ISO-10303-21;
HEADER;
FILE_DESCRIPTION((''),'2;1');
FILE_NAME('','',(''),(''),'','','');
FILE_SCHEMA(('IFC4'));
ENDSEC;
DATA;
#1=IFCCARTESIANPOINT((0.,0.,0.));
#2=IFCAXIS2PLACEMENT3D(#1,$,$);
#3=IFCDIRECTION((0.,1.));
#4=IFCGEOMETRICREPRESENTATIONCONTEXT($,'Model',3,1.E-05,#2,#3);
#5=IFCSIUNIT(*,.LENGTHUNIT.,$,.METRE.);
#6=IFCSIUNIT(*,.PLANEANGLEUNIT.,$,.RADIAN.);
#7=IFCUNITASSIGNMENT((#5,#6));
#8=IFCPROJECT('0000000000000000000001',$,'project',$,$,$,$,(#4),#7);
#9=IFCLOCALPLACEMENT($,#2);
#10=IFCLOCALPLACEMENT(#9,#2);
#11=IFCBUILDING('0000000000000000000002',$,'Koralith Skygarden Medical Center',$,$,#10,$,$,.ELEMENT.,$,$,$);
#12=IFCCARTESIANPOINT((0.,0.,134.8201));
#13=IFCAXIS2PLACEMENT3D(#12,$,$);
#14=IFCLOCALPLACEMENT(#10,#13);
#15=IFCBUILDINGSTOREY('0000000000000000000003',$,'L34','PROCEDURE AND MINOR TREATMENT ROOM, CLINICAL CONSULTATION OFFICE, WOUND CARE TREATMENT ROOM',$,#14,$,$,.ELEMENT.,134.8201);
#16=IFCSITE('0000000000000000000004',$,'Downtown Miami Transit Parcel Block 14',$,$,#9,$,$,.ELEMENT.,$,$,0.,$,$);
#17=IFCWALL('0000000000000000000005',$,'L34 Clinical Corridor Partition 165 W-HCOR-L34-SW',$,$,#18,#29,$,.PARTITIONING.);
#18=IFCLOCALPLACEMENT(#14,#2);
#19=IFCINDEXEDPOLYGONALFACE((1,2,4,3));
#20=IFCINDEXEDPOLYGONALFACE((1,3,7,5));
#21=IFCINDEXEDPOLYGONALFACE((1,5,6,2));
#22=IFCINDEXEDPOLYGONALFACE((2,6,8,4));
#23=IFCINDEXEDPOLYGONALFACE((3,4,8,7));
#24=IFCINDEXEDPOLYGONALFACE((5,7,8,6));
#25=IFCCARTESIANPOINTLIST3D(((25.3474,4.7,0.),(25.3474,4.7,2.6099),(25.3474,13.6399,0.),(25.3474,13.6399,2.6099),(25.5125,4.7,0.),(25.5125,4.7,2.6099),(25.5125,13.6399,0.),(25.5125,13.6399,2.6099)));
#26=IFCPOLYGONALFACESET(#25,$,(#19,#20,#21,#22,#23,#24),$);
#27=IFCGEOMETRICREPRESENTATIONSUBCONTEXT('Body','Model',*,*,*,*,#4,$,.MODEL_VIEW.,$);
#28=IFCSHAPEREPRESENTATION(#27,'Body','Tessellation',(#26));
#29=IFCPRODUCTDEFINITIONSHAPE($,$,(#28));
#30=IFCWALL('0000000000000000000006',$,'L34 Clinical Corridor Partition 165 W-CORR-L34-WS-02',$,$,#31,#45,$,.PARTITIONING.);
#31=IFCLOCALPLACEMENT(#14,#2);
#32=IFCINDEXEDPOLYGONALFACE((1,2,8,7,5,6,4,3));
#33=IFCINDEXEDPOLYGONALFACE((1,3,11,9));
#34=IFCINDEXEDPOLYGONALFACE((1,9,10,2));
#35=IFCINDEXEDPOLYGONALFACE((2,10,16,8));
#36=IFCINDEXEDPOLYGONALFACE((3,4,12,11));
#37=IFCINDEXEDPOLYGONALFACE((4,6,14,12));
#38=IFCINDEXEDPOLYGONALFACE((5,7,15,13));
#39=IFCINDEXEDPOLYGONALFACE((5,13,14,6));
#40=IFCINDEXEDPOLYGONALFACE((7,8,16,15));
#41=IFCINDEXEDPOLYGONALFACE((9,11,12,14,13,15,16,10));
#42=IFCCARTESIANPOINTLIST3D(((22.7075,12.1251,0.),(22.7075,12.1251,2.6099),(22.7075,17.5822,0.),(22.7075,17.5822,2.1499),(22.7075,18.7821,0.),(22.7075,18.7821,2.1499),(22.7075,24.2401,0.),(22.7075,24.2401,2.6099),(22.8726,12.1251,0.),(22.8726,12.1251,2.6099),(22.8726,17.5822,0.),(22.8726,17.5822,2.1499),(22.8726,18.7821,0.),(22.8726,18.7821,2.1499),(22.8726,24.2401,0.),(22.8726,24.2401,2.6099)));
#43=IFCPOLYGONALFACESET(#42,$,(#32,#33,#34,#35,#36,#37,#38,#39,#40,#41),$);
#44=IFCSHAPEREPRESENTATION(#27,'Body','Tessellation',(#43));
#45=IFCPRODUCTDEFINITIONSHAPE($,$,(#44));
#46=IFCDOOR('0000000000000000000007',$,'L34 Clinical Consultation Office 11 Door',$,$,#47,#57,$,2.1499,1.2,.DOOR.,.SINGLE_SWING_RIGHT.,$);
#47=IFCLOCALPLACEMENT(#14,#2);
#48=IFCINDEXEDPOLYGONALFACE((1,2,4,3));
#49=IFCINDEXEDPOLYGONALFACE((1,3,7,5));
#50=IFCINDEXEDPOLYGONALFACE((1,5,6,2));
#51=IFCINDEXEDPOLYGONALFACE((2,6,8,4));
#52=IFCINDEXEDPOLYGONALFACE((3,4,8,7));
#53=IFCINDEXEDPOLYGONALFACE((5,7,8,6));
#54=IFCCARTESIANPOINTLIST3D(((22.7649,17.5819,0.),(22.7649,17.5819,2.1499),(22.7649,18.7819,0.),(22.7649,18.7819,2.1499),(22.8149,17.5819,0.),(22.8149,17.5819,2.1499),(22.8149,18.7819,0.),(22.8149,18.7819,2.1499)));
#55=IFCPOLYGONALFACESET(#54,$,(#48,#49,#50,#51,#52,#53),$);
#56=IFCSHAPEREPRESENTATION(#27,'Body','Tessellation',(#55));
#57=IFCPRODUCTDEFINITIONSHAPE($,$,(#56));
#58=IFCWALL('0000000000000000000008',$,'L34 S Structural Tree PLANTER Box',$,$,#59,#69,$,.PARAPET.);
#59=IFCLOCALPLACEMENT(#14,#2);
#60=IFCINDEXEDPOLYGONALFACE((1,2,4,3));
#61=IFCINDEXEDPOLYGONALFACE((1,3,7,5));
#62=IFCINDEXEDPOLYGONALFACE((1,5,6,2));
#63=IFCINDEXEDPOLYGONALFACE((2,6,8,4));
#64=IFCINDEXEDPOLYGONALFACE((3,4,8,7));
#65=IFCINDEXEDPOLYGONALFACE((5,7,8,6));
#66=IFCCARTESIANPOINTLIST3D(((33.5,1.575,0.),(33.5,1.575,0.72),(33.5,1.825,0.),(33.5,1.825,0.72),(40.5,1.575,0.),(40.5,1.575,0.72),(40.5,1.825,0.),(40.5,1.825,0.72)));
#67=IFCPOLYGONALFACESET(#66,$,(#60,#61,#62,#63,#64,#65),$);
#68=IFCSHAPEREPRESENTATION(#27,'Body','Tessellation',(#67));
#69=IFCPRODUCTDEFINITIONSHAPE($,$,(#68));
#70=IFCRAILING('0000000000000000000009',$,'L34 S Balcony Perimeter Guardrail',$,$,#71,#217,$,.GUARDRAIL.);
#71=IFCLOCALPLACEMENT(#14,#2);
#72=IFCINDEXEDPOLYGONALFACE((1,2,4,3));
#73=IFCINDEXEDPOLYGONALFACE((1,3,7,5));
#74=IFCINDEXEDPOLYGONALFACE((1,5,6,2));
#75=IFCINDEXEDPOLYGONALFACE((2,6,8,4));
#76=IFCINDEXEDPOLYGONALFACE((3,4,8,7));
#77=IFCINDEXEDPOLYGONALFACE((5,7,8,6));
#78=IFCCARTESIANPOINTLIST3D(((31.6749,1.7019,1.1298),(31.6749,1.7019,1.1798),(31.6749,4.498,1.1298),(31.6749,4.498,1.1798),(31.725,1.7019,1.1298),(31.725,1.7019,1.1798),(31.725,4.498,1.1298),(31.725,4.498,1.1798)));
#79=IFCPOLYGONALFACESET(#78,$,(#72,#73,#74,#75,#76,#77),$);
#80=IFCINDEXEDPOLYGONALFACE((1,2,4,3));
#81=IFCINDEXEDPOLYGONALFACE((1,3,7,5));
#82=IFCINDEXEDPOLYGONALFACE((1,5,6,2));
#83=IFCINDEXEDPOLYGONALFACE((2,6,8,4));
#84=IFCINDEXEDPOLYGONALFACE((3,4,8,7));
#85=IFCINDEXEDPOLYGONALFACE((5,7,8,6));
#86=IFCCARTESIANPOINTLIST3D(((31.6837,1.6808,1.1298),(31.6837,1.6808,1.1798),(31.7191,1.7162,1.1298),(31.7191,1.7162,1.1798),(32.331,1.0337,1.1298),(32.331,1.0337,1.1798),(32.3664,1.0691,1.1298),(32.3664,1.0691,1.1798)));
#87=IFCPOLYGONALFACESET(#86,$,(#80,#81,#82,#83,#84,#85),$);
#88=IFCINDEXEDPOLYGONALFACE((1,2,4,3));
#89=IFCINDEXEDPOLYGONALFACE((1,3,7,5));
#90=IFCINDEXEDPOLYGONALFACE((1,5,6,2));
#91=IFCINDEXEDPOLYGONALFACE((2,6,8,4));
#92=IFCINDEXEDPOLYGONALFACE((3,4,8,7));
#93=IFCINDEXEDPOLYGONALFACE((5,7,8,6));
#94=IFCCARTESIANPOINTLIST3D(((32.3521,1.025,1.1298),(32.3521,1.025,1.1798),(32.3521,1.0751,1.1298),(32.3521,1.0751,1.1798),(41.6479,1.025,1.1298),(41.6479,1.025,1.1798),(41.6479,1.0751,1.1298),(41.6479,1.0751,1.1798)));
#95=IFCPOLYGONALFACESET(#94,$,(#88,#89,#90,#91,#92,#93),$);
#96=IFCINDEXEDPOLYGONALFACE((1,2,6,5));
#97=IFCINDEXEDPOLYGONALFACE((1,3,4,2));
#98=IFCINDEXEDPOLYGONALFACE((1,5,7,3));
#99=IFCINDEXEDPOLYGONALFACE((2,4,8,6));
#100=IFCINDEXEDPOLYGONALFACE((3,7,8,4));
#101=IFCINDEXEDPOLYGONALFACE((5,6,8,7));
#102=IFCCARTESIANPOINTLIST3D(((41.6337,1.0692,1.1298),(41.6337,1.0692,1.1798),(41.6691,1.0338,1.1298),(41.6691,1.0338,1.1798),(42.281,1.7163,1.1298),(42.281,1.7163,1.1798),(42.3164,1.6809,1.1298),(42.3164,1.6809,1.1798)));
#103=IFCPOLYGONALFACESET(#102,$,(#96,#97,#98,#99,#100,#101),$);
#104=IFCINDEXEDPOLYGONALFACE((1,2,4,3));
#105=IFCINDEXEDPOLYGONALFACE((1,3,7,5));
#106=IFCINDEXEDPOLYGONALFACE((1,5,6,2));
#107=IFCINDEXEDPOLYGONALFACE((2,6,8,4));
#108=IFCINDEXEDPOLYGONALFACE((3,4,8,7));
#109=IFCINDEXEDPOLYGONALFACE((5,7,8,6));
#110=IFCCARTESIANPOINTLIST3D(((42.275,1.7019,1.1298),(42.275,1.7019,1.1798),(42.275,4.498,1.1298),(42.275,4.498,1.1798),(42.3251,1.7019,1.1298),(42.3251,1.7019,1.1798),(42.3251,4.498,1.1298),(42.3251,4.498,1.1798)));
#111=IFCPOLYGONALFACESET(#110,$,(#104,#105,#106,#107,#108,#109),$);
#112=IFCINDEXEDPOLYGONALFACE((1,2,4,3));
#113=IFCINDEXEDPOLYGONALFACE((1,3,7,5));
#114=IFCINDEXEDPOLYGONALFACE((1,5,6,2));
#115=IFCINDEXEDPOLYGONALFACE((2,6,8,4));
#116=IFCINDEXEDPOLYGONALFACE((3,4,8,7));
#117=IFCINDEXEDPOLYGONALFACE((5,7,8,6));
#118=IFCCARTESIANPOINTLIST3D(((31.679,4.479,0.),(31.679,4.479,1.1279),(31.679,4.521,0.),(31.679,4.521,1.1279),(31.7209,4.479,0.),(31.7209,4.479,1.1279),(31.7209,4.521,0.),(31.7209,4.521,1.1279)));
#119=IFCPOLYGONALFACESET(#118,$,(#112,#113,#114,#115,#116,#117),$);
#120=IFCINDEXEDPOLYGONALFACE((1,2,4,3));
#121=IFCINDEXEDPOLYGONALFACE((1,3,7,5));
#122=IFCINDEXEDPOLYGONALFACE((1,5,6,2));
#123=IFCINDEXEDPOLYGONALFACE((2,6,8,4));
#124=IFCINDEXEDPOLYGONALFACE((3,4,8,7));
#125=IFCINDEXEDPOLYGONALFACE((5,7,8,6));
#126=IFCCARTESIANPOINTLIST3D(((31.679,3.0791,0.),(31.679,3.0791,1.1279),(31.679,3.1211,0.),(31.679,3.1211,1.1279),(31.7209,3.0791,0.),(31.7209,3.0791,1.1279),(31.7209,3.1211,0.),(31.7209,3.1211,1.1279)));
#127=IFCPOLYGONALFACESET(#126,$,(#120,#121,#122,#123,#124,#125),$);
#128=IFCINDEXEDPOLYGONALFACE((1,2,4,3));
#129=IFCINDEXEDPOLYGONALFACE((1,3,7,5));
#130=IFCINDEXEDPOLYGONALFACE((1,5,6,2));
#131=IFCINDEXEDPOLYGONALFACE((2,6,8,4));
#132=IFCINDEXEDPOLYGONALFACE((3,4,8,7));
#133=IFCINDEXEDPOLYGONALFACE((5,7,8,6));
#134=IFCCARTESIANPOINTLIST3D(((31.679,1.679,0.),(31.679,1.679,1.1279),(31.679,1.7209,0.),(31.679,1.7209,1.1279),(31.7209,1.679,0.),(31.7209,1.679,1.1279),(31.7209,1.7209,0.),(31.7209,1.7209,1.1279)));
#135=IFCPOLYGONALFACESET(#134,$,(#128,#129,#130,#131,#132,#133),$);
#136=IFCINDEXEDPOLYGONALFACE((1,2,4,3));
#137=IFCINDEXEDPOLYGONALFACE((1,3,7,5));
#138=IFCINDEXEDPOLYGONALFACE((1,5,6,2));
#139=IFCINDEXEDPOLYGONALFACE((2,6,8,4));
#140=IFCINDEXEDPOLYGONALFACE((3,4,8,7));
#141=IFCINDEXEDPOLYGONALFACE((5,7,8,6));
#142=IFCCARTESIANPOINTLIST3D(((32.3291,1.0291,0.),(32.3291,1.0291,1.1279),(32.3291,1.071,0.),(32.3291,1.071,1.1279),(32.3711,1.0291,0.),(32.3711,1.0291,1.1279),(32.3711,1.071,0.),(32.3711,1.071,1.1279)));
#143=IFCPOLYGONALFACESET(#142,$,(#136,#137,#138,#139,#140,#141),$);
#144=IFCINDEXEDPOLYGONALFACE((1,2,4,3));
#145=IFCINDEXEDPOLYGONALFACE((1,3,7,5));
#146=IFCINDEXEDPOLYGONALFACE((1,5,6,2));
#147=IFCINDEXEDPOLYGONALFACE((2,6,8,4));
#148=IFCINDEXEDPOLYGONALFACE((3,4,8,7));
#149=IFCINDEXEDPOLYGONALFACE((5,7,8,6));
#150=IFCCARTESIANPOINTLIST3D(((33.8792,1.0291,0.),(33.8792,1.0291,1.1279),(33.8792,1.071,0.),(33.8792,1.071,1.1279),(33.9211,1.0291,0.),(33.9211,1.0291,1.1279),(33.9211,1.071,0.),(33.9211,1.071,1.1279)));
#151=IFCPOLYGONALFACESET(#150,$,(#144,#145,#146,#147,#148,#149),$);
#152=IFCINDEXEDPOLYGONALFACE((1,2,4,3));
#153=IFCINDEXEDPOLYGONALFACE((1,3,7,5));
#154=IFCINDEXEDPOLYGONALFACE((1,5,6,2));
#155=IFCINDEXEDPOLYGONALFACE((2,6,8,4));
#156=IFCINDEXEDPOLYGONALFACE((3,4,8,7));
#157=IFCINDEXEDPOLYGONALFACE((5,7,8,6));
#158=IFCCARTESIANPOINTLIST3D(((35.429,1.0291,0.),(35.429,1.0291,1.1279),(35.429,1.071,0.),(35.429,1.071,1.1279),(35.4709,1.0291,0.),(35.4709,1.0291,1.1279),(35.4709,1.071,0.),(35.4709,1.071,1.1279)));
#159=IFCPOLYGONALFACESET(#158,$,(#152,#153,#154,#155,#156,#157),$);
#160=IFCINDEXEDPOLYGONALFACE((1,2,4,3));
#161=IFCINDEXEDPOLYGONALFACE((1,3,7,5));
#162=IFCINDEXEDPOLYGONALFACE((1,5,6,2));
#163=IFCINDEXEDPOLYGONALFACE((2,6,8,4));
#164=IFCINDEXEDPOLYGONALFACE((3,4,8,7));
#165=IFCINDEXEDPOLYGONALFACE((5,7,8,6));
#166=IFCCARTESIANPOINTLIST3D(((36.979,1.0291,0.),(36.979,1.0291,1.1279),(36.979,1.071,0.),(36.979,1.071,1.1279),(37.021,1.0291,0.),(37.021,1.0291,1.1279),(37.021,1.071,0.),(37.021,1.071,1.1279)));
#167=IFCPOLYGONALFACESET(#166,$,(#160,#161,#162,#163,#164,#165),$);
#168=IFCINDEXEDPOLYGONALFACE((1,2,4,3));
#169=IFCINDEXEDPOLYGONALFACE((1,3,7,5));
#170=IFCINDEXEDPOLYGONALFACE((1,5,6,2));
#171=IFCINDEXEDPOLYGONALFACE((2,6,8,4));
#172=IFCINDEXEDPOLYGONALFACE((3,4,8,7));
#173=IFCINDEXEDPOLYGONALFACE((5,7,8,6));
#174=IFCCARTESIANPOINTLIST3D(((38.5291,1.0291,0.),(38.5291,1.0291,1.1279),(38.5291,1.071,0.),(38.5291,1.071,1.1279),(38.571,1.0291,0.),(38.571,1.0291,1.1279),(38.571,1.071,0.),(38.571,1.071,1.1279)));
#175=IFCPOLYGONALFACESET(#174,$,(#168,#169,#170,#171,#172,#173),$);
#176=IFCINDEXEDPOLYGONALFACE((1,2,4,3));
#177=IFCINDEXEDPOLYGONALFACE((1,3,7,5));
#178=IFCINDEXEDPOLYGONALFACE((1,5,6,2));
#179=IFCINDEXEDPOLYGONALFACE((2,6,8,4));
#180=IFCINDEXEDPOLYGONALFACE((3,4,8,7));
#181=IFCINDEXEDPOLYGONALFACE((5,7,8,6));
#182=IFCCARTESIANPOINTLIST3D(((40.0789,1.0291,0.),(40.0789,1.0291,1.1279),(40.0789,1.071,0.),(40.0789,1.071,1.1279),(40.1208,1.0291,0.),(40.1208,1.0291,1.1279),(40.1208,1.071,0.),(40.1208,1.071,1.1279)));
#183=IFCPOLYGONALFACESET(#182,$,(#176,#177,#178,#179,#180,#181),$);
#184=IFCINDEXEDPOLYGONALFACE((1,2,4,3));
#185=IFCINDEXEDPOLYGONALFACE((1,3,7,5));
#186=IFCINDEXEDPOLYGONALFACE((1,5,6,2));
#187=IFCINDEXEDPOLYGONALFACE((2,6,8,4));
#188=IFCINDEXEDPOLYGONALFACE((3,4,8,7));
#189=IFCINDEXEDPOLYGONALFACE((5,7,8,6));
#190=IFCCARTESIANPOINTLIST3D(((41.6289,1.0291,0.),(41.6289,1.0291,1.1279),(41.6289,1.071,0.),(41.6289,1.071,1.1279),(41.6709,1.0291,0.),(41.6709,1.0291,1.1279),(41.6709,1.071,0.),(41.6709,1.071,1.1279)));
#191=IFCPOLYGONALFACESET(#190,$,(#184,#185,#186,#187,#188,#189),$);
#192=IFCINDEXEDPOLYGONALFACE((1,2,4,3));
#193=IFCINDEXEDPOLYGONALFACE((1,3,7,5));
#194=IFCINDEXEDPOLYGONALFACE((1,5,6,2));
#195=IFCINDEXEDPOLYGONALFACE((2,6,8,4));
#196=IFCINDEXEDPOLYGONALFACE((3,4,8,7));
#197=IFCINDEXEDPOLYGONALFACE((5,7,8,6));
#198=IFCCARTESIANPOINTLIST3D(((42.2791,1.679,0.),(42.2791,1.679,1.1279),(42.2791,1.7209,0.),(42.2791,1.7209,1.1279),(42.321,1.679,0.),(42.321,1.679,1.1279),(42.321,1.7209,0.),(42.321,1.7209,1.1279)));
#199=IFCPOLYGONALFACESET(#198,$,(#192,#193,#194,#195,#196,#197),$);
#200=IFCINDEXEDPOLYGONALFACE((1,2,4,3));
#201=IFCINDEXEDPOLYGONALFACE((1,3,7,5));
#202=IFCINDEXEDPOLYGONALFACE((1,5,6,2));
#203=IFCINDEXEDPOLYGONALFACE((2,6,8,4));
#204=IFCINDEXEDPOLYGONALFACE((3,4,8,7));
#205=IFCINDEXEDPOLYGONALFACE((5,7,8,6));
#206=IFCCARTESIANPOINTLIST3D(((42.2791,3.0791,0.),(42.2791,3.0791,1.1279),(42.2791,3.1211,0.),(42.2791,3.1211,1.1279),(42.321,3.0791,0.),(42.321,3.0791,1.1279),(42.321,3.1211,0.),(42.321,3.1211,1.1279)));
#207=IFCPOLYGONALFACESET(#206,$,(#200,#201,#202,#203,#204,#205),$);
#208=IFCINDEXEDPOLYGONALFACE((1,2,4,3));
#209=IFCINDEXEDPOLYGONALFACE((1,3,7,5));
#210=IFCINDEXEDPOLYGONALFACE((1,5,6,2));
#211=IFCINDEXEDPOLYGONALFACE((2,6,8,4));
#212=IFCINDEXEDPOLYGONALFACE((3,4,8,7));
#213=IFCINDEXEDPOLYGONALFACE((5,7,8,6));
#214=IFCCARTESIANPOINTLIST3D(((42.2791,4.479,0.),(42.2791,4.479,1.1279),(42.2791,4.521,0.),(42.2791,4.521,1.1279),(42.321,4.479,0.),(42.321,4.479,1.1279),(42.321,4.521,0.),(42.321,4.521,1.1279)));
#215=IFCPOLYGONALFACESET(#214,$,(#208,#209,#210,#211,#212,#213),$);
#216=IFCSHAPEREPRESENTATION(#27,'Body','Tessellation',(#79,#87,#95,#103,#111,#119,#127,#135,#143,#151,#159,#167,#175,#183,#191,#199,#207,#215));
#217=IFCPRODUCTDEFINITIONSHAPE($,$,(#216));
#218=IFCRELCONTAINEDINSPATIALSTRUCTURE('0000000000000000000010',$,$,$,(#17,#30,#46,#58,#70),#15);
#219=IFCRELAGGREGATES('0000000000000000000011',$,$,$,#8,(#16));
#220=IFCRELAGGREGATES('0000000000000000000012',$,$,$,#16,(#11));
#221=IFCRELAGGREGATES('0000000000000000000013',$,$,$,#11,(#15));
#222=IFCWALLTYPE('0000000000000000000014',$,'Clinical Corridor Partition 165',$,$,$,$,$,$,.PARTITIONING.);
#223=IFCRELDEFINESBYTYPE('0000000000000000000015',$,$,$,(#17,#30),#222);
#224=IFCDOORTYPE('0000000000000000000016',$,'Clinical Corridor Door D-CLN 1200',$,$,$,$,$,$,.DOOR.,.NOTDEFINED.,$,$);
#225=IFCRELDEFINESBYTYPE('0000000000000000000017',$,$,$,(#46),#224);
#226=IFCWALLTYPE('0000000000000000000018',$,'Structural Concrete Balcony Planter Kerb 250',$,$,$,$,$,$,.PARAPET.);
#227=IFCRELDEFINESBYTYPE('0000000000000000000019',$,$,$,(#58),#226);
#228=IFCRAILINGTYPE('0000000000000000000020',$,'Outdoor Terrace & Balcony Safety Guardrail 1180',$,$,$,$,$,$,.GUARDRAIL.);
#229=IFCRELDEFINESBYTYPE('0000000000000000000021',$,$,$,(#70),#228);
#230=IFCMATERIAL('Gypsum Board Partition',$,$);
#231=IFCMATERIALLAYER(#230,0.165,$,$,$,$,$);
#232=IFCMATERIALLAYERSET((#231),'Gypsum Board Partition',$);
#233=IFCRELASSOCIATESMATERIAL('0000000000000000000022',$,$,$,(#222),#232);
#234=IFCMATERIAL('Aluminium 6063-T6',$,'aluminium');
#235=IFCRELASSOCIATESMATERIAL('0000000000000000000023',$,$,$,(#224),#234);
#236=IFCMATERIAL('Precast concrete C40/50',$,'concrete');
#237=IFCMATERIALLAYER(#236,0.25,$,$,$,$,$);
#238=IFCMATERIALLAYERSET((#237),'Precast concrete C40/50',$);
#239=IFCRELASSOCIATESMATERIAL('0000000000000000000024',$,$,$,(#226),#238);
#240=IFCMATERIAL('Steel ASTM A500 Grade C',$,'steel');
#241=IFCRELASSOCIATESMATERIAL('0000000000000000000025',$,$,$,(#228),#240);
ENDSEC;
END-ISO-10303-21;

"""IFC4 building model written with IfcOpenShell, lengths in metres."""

from ifc_helpers import new_model, si_unit, direction, frame, frame_2d, origin, origin_2d, place, context, subcontext, project, spatial, rectangle, extrude, material, layer, layer_set, type_object, element, fill, save


model = new_model("IFC4")

# Units and contexts
model_context = context("Model", 3, precision=1e-05, world=origin(), true_north=direction((0.0, 1.0)))
body_context = subcontext(model_context, "Body", "Model", "MODEL_VIEW")
ifc_project = project(units=[si_unit("LENGTHUNIT", "METRE"), si_unit("PLANEANGLEUNIT", "RADIAN")], contexts=[model_context])

# Site, building, storey
site_placement = place(None, origin())
site = spatial("IfcSite", under=ifc_project, at=site_placement, Name="Downtown Miami Transit Parcel Block 14", CompositionType="ELEMENT", RefElevation=0.0)
building_placement = place(site_placement, origin())
building = spatial("IfcBuilding", under=site, at=building_placement, Name="Koralith Skygarden Medical Center", CompositionType="ELEMENT")
storey_placement = place(building_placement, frame((0.0, 0.0, 134.8201)))
storey = spatial("IfcBuildingStorey", under=building, at=storey_placement, Name="L34", Description="PROCEDURE AND MINOR TREATMENT ROOM, CLINICAL CONSULTATION OFFICE, WOUND CARE TREATMENT ROOM", CompositionType="ELEMENT", Elevation=134.8201)

# Shared definitions
ifc_material_1 = material(Name="Aluminium 6063-T6", Category="aluminium")

# Wall
ifc_material_2 = material(Name="Gypsum Board Partition")
ifc_layer_1 = layer(ifc_material_2, 0.165)
ifc_layer_set_1 = layer_set([ifc_layer_1], Name="Gypsum Board Partition")
wall_type_1 = type_object("IfcWallType", Name="Clinical Corridor Partition 165", PredefinedType="PARTITIONING", material=ifc_layer_set_1)
wall_1_placement = place(storey_placement, frame((25.4299, 4.7, 0.0), z_axis=(0.0, 0.0, 1.0), x_axis=(0.0, 1.0, 0.0)))
element("IfcWall", 1, at=wall_1_placement, inside=storey, type_object=wall_type_1, Name="L34 Clinical Corridor Partition 165 W-HCOR-L34-SW", PredefinedType="PARTITIONING", context=body_context, shape_type="SweptSolid", body=[
    extrude(rectangle(XDim=8.9399, YDim=0.165, at=frame_2d((4.47, 0.0))), origin(), (0.0, 0.0, 1.0), 2.6099),
])

# Wall, opening, door
door_type = type_object("IfcDoorType", Name="Clinical Corridor Door D-CLN 1200", OperationType="NOTDEFINED", PredefinedType="DOOR", material=ifc_material_1)
wall_2_placement = place(storey_placement, frame((22.79, 12.125, 0.0), z_axis=(0.0, 0.0, 1.0), x_axis=(0.0, 1.0, 0.0)))
wall_2 = element("IfcWall", 2, at=wall_2_placement, inside=storey, type_object=wall_type_1, Name="L34 Clinical Corridor Partition 165 W-CORR-L34-WS-02", PredefinedType="PARTITIONING", context=body_context, shape_type="SweptSolid", body=[
    extrude(rectangle(XDim=12.115, YDim=0.165, at=frame_2d((6.0576, 0.0))), origin(), (0.0, 0.0, 1.0), 2.6099),
])
opening_1_placement = place(wall_2_placement, frame((5.457, 0.0, 0.0)))
opening_1 = element("IfcOpeningElement", 3, at=opening_1_placement, cuts=wall_2, PredefinedType="OPENING", context=body_context, shape_type="SweptSolid", body=[
    extrude(rectangle(XDim=1.2, YDim=2.1499, at=frame_2d((0.6001, 1.075))), frame((0.0, 0.0925, 0.0), z_axis=(0.0, -1.0, 0.0), x_axis=(1.0, 0.0, 0.0)), (0.0, 0.0, 1.0), 0.1851),
])
door_1_placement = place(opening_1_placement, frame((1.2, 0.0, 0.0), z_axis=(0.0, 0.0, 1.0), x_axis=(-1.0, 0.0, 0.0)))
door_1 = element("IfcDoor", 4, at=door_1_placement, inside=storey, type_object=door_type, Name="L34 Clinical Consultation Office 11 Door", OperationType="SINGLE_SWING_RIGHT", OverallHeight=2.1499, OverallWidth=1.2, PredefinedType="DOOR", context=body_context, shape_type="SweptSolid", body=[
    extrude(rectangle(XDim=1.2, YDim=2.1499, at=frame_2d((0.6001, 1.075))), frame((0.0, 0.0249, 0.0), z_axis=(0.0, -1.0, 0.0), x_axis=(1.0, 0.0, 0.0)), (0.0, 0.0, 1.0), 0.05),
])
fill(opening_1, door_1)

# Wall
ifc_material_3 = material(Name="Precast concrete C40/50", Category="concrete")
ifc_layer_2 = layer(ifc_material_3, 0.25)
ifc_layer_set_2 = layer_set([ifc_layer_2], Name="Precast concrete C40/50")
wall_type_2 = type_object("IfcWallType", Name="Structural Concrete Balcony Planter Kerb 250", PredefinedType="PARAPET", material=ifc_layer_set_2)
wall_3_placement = place(storey_placement, frame((33.5, 1.7, 0.0), z_axis=(0.0, 0.0, 1.0), x_axis=(1.0, 0.0, 0.0)))
element("IfcWall", 5, at=wall_3_placement, inside=storey, type_object=wall_type_2, Name="L34 S Structural Tree PLANTER Box", PredefinedType="PARAPET", context=body_context, shape_type="SweptSolid", body=[
    extrude(rectangle(XDim=7.0, YDim=0.25, at=frame_2d((3.5, 0.0))), origin(), (0.0, 0.0, 1.0), 0.72),
])

# Railing
ifc_material_4 = material(Name="Steel ASTM A500 Grade C", Category="steel")
railing_type = type_object("IfcRailingType", Name="Outdoor Terrace & Balcony Safety Guardrail 1180", PredefinedType="GUARDRAIL", material=ifc_material_4)
railing_placement = place(storey_placement, frame((31.7, 4.5, 0.0)))
element("IfcRailing", 6, at=railing_placement, inside=storey, type_object=railing_type, Name="L34 S Balcony Perimeter Guardrail", PredefinedType="GUARDRAIL", context=body_context, shape_type="SweptSolid", body=[
    extrude(rectangle(XDim=0.05, YDim=0.05, at=origin_2d()), frame((0.0, -0.002, 1.1548), z_axis=(0.0, -1.0, 0.0), x_axis=(1.0, 0.0, 0.0)), (0.0, 0.0, 1.0), 2.7961),
    extrude(rectangle(XDim=0.05, YDim=0.05, at=origin_2d()), frame((0.0015, -2.8015, 1.1548), z_axis=(0.70724, -0.706974, 0.0), x_axis=(0.706974, 0.70724, 0.0)), (0.0, 0.0, 1.0), 0.9153),
    extrude(rectangle(XDim=0.05, YDim=0.05, at=origin_2d()), frame((0.6521, -3.45, 1.1548), z_axis=(1.0, 0.0, 0.0), x_axis=(0.0, 1.0, 0.0)), (0.0, 0.0, 1.0), 9.2959),
    extrude(rectangle(XDim=0.05, YDim=0.05, at=origin_2d()), frame((9.9514, -3.4485, 1.1548), z_axis=(0.70724, 0.706974, 0.0), x_axis=(-0.706974, 0.70724, 0.0)), (0.0, 0.0, 1.0), 0.9153),
    extrude(rectangle(XDim=0.05, YDim=0.05, at=origin_2d()), frame((10.6001, -2.7981, 1.1548), z_axis=(0.0, 1.0, 0.0), x_axis=(-1.0, 0.0, 0.0)), (0.0, 0.0, 1.0), 2.7961),
    extrude(rectangle(XDim=0.042, YDim=0.042, at=origin_2d()), origin(), (0.0, 0.0, 1.0), 1.1279),
    extrude(rectangle(XDim=0.042, YDim=0.042, at=origin_2d()), frame((0.0, -1.3999, 0.0)), (0.0, 0.0, 1.0), 1.1279),
    extrude(rectangle(XDim=0.042, YDim=0.042, at=origin_2d()), frame((0.0, -2.8, 0.0)), (0.0, 0.0, 1.0), 1.1279),
    extrude(rectangle(XDim=0.042, YDim=0.042, at=origin_2d()), frame((0.6501, -3.45, 0.0)), (0.0, 0.0, 1.0), 1.1279),
    extrude(rectangle(XDim=0.042, YDim=0.042, at=origin_2d()), frame((2.2002, -3.45, 0.0)), (0.0, 0.0, 1.0), 1.1279),
    extrude(rectangle(XDim=0.042, YDim=0.042, at=origin_2d()), frame((3.75, -3.45, 0.0)), (0.0, 0.0, 1.0), 1.1279),
    extrude(rectangle(XDim=0.042, YDim=0.042, at=origin_2d()), frame((5.3, -3.45, 0.0)), (0.0, 0.0, 1.0), 1.1279),
    extrude(rectangle(XDim=0.042, YDim=0.042, at=origin_2d()), frame((6.8501, -3.45, 0.0)), (0.0, 0.0, 1.0), 1.1279),
    extrude(rectangle(XDim=0.042, YDim=0.042, at=origin_2d()), frame((8.3999, -3.45, 0.0)), (0.0, 0.0, 1.0), 1.1279),
    extrude(rectangle(XDim=0.042, YDim=0.042, at=origin_2d()), frame((9.95, -3.45, 0.0)), (0.0, 0.0, 1.0), 1.1279),
    extrude(rectangle(XDim=0.042, YDim=0.042, at=origin_2d()), frame((10.6001, -2.8, 0.0)), (0.0, 0.0, 1.0), 1.1279),
    extrude(rectangle(XDim=0.042, YDim=0.042, at=origin_2d()), frame((10.6001, -1.3999, 0.0)), (0.0, 0.0, 1.0), 1.1279),
    extrude(rectangle(XDim=0.042, YDim=0.042, at=origin_2d()), frame((10.6001, 0.0, 0.0)), (0.0, 0.0, 1.0), 1.1279),
])

save(model, "model.ifc")
